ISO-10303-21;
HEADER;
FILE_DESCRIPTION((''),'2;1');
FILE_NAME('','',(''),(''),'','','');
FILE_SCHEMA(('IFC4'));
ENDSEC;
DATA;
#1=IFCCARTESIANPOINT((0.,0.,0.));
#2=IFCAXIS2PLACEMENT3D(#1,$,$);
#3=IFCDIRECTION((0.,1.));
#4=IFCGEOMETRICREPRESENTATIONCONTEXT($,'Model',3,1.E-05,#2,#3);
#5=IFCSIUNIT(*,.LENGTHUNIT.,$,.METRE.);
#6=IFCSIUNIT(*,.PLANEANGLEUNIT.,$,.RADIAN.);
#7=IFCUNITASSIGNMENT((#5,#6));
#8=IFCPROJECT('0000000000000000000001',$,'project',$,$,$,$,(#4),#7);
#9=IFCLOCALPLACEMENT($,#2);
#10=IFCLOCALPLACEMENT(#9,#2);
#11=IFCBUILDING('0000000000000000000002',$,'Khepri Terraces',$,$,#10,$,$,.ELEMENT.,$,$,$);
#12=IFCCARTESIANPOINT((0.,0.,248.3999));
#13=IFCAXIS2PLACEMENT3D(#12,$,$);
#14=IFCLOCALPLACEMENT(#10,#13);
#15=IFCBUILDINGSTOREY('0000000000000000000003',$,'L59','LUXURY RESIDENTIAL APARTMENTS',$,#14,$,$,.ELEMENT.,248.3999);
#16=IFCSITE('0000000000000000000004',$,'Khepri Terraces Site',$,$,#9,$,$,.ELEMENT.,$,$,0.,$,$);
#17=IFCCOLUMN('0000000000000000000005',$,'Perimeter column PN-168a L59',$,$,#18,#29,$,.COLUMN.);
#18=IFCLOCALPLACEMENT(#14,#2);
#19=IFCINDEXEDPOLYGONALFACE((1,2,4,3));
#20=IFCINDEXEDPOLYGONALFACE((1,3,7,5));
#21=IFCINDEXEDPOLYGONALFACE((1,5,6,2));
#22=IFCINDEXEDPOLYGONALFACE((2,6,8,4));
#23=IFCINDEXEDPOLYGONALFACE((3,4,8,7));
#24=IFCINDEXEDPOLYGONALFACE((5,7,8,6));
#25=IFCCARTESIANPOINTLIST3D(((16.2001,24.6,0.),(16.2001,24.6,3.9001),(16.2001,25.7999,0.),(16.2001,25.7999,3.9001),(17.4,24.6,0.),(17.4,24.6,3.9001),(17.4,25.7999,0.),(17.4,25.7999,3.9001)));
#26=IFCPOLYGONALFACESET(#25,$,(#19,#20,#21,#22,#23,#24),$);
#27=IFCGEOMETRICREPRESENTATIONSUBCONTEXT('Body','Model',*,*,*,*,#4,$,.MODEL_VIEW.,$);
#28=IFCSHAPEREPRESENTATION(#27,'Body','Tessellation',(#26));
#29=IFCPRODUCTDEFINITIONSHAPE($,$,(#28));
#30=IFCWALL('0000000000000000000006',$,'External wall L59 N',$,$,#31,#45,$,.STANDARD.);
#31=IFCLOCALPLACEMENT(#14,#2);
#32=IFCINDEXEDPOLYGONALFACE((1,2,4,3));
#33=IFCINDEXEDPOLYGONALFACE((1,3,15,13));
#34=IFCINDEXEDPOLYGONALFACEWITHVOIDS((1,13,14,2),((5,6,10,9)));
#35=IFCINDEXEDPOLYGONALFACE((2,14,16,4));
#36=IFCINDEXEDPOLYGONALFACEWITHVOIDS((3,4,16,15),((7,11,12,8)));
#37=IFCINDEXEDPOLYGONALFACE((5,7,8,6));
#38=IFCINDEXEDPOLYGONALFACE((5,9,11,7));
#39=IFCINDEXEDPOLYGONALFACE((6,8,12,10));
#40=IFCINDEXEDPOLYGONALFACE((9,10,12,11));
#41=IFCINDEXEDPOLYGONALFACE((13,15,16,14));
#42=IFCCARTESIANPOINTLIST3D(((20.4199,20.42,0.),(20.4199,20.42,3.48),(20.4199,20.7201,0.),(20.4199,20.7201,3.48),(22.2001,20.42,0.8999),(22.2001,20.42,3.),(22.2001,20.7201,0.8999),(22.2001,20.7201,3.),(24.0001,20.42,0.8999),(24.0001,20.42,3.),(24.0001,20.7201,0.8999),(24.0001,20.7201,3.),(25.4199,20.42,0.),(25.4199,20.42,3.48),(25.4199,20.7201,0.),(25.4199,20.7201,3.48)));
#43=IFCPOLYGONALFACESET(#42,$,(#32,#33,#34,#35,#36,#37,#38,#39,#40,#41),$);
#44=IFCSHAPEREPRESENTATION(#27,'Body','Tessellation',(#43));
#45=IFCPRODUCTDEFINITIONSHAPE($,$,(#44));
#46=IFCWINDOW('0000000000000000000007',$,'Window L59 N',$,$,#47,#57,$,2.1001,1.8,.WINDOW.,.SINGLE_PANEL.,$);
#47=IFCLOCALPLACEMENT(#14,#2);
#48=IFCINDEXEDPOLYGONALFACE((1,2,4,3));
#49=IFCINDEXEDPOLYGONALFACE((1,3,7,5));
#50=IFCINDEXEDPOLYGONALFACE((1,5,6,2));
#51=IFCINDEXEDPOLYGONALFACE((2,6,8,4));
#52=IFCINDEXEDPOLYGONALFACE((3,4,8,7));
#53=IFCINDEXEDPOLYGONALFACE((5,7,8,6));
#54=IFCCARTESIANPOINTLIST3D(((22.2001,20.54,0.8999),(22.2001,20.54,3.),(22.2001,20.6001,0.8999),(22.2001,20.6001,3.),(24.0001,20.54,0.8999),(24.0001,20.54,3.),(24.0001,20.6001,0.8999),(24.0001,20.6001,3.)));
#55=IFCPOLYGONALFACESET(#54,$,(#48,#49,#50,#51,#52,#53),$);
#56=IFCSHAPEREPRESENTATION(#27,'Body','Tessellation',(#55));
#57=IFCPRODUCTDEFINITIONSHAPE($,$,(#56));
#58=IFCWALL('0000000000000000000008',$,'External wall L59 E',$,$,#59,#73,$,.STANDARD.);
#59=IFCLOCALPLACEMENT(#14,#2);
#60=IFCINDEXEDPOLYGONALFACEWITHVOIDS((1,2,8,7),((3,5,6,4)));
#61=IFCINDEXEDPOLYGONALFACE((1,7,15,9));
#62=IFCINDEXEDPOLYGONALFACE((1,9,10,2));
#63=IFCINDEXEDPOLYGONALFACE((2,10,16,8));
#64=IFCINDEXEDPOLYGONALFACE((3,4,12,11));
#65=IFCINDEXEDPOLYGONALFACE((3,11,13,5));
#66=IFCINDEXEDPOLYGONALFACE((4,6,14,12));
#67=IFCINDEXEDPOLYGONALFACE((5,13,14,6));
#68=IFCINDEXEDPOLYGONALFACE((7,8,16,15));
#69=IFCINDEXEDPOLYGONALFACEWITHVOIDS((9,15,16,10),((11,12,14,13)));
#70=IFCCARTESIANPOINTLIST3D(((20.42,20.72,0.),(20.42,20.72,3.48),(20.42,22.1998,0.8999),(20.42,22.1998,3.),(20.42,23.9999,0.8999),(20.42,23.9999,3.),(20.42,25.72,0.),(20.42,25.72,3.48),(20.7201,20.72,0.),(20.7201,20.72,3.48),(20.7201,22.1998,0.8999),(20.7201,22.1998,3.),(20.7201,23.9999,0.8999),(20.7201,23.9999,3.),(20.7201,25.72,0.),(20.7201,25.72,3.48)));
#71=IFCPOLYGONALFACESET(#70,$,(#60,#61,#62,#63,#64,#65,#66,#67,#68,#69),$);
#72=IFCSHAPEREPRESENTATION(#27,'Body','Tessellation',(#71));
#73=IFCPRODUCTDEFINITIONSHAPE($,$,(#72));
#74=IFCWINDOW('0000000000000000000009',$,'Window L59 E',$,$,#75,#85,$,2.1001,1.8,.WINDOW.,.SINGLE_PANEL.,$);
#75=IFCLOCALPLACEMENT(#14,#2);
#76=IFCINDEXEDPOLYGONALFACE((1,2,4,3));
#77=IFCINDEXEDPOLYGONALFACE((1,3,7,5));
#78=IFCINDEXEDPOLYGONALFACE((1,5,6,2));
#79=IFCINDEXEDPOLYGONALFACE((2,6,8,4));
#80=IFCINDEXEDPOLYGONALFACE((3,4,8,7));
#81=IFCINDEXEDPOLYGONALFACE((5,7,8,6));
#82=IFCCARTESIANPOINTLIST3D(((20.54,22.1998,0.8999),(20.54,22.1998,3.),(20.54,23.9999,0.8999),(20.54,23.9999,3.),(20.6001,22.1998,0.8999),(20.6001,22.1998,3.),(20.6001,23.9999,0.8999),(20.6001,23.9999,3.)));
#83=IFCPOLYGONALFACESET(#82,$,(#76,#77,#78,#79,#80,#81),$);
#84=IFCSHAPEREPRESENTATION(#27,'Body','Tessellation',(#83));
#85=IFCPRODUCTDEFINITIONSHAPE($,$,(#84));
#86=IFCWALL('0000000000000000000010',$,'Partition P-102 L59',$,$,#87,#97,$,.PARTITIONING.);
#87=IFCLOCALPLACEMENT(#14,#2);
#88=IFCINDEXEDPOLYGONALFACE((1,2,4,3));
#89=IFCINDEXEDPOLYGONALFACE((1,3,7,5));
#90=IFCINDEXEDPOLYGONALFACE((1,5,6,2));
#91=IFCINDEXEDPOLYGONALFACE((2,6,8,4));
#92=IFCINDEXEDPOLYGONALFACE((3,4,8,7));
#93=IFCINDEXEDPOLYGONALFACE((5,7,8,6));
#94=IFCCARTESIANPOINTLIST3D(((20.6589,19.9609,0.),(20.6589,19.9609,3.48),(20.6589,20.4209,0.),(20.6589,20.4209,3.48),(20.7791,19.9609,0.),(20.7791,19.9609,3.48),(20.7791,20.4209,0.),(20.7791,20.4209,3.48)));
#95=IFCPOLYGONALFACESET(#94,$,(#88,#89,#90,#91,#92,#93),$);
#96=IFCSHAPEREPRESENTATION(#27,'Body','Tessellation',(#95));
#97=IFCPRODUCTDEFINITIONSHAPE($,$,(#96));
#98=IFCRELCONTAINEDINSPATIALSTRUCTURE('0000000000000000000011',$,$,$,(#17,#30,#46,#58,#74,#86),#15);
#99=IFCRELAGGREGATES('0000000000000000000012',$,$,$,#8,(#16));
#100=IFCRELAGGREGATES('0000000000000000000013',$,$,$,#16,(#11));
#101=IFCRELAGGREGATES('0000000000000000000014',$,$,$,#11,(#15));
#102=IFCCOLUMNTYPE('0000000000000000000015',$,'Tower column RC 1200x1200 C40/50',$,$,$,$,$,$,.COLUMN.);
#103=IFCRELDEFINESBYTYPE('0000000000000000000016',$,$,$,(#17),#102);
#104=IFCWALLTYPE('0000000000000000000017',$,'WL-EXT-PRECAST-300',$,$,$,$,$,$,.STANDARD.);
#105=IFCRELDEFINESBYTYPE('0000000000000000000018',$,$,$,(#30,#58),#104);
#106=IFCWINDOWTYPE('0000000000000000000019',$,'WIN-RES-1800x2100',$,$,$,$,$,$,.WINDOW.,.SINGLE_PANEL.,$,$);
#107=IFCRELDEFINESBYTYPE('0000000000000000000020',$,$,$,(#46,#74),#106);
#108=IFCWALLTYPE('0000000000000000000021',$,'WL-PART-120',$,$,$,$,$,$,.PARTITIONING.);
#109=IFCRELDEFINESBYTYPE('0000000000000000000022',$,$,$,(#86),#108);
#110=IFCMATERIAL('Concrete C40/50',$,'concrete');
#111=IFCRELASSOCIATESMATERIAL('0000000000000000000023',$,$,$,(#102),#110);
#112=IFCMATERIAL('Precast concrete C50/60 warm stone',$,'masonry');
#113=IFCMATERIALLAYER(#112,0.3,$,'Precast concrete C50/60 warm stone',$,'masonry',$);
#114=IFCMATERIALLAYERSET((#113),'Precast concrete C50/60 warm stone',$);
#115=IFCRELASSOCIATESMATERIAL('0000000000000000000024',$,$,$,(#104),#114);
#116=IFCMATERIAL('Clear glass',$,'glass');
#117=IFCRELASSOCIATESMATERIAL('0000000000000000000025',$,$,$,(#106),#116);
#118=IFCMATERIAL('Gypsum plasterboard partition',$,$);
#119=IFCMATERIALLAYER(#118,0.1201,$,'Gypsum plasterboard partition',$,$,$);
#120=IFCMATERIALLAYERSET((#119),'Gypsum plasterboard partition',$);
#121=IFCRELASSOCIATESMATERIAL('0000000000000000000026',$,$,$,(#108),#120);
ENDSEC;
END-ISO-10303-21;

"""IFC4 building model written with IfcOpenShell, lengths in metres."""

from ifc_helpers import new_model, si_unit, direction, frame, frame_2d, origin, origin_2d, place, context, subcontext, project, spatial, rectangle, extrude, material, layer, layer_set, material_profile, profile_set, type_object, element, fill, save


model = new_model("IFC4")

# Units and contexts
model_context = context("Model", 3, precision=1e-05, world=origin(), true_north=direction((0.0, 1.0)))
body_context = subcontext(model_context, "Body", "Model", "MODEL_VIEW")
ifc_project = project(units=[si_unit("LENGTHUNIT", "METRE"), si_unit("PLANEANGLEUNIT", "RADIAN")], contexts=[model_context])

# Site, building, storey
site_placement = place(None, origin())
site = spatial("IfcSite", under=ifc_project, at=site_placement, Name="Khepri Terraces Site", CompositionType="ELEMENT", RefElevation=0.0)
building_placement = place(site_placement, origin())
building = spatial("IfcBuilding", under=site, at=building_placement, Name="Khepri Terraces", CompositionType="ELEMENT")
storey_placement = place(building_placement, frame((0.0, 0.0, 248.3999)))
storey = spatial("IfcBuildingStorey", under=building, at=storey_placement, Name="L59", Description="LUXURY RESIDENTIAL APARTMENTS", CompositionType="ELEMENT", Elevation=248.3999)

# Column
ifc_material_1 = material(Name="Concrete C40/50", Category="concrete")
ifc_material_profile = material_profile(ifc_material_1, rectangle(XDim=1.2, YDim=1.2, at=origin_2d()), Name="Concrete C40/50", Category="concrete")
ifc_profile_set = profile_set([ifc_material_profile], Name="Concrete C40/50")
column_type = type_object("IfcColumnType", Name="Tower column RC 1200x1200 C40/50", PredefinedType="COLUMN", material=ifc_profile_set)
column_placement = place(storey_placement, frame((16.8, 25.2, 0.0), z_axis=(0.0, 0.0, 1.0), x_axis=(1.0, 0.0, 0.0)))
element("IfcColumn", 1, at=column_placement, inside=storey, type_object=column_type, Name="Perimeter column PN-168a L59", PredefinedType="COLUMN", context=body_context, shape_type="SweptSolid", body=[
    extrude(rectangle(XDim=1.2, YDim=1.2, at=origin_2d()), origin(), (0.0, 0.0, 1.0), 3.9001),
])

# Walls, openings, windows
ifc_material_2 = material(Name="Precast concrete C50/60 warm stone", Category="masonry")
ifc_layer_1 = layer(ifc_material_2, 0.3, Name="Precast concrete C50/60 warm stone", Category="masonry")
ifc_layer_set_1 = layer_set([ifc_layer_1], Name="Precast concrete C50/60 warm stone")
wall_type_1 = type_object("IfcWallType", Name="WL-EXT-PRECAST-300", PredefinedType="STANDARD", material=ifc_layer_set_1)
wall_1_placement = place(storey_placement, frame((25.4199, 20.5701, 0.0), z_axis=(0.0, 0.0, 1.0), x_axis=(-1.0, 0.0, 0.0)))
wall_1 = element("IfcWall", 2, at=wall_1_placement, inside=storey, type_object=wall_type_1, Name="External wall L59 N", PredefinedType="STANDARD", context=body_context, shape_type="SweptSolid", body=[
    extrude(rectangle(XDim=5.0, YDim=0.3, at=frame_2d((2.5, 0.0))), origin(), (0.0, 0.0, 1.0), 3.48),
])
opening_1_placement = place(wall_1_placement, frame((1.4199, 0.0, 0.8999)))
opening_1 = element("IfcOpeningElement", 3, at=opening_1_placement, cuts=wall_1, PredefinedType="OPENING", context=body_context, shape_type="SweptSolid", body=[
    extrude(rectangle(XDim=1.8, YDim=2.1001, at=frame_2d((0.8999, 1.05))), frame((0.0, 0.1602, 0.0), z_axis=(0.0, -1.0, 0.0), x_axis=(1.0, 0.0, 0.0)), (0.0, 0.0, 1.0), 0.3201),
])
ifc_material_3 = material(Name="Clear glass", Category="glass")
window_type = type_object("IfcWindowType", Name="WIN-RES-1800x2100", PartitioningType="SINGLE_PANEL", PredefinedType="WINDOW", material=ifc_material_3)
window_1_placement = place(opening_1_placement, origin())
window_1 = element("IfcWindow", 4, at=window_1_placement, inside=storey, type_object=window_type, Name="Window L59 N", OverallHeight=2.1001, OverallWidth=1.8, PartitioningType="SINGLE_PANEL", PredefinedType="WINDOW", context=body_context, shape_type="SweptSolid", body=[
    extrude(rectangle(XDim=1.8, YDim=2.1001, at=frame_2d((0.8999, 1.05))), frame((0.0, 0.03, 0.0), z_axis=(0.0, -1.0, 0.0), x_axis=(1.0, 0.0, 0.0)), (0.0, 0.0, 1.0), 0.0601),
])
fill(opening_1, window_1)
wall_2_placement = place(storey_placement, frame((20.5701, 20.72, 0.0), z_axis=(0.0, 0.0, 1.0), x_axis=(0.0, 1.0, 0.0)))
wall_2 = element("IfcWall", 5, at=wall_2_placement, inside=storey, type_object=wall_type_1, Name="External wall L59 E", PredefinedType="STANDARD", context=body_context, shape_type="SweptSolid", body=[
    extrude(rectangle(XDim=5.0, YDim=0.3, at=frame_2d((2.5, 0.0))), origin(), (0.0, 0.0, 1.0), 3.48),
])
opening_2_placement = place(wall_2_placement, frame((1.48, 0.0, 0.8999)))
opening_2 = element("IfcOpeningElement", 6, at=opening_2_placement, cuts=wall_2, PredefinedType="OPENING", context=body_context, shape_type="SweptSolid", body=[
    extrude(rectangle(XDim=1.8, YDim=2.1001, at=frame_2d((0.8999, 1.05))), frame((0.0, 0.1602, 0.0), z_axis=(0.0, -1.0, 0.0), x_axis=(1.0, 0.0, 0.0)), (0.0, 0.0, 1.0), 0.3201),
])
window_2_placement = place(opening_2_placement, origin())
window_2 = element("IfcWindow", 7, at=window_2_placement, inside=storey, type_object=window_type, Name="Window L59 E", OverallHeight=2.1001, OverallWidth=1.8, PartitioningType="SINGLE_PANEL", PredefinedType="WINDOW", context=body_context, shape_type="SweptSolid", body=[
    extrude(rectangle(XDim=1.8, YDim=2.1001, at=frame_2d((0.8999, 1.05))), frame((0.0, 0.03, 0.0), z_axis=(0.0, -1.0, 0.0), x_axis=(1.0, 0.0, 0.0)), (0.0, 0.0, 1.0), 0.0601),
])
fill(opening_2, window_2)

# Wall
ifc_material_4 = material(Name="Gypsum plasterboard partition")
ifc_layer_2 = layer(ifc_material_4, 0.1201, Name="Gypsum plasterboard partition")
ifc_layer_set_2 = layer_set([ifc_layer_2], Name="Gypsum plasterboard partition")
wall_type_2 = type_object("IfcWallType", Name="WL-PART-120", PredefinedType="PARTITIONING", material=ifc_layer_set_2)
wall_3_placement = place(storey_placement, frame((20.719, 19.9609, 0.0), z_axis=(0.0, 0.0, 1.0), x_axis=(0.0, 1.0, 0.0)))
element("IfcWall", 8, at=wall_3_placement, inside=storey, type_object=wall_type_2, Name="Partition P-102 L59", PredefinedType="PARTITIONING", context=body_context, shape_type="SweptSolid", body=[
    extrude(rectangle(XDim=0.46, YDim=0.1201, at=frame_2d((0.23, 0.0))), origin(), (0.0, 0.0, 1.0), 3.48),
])

save(model, "model.ifc")
